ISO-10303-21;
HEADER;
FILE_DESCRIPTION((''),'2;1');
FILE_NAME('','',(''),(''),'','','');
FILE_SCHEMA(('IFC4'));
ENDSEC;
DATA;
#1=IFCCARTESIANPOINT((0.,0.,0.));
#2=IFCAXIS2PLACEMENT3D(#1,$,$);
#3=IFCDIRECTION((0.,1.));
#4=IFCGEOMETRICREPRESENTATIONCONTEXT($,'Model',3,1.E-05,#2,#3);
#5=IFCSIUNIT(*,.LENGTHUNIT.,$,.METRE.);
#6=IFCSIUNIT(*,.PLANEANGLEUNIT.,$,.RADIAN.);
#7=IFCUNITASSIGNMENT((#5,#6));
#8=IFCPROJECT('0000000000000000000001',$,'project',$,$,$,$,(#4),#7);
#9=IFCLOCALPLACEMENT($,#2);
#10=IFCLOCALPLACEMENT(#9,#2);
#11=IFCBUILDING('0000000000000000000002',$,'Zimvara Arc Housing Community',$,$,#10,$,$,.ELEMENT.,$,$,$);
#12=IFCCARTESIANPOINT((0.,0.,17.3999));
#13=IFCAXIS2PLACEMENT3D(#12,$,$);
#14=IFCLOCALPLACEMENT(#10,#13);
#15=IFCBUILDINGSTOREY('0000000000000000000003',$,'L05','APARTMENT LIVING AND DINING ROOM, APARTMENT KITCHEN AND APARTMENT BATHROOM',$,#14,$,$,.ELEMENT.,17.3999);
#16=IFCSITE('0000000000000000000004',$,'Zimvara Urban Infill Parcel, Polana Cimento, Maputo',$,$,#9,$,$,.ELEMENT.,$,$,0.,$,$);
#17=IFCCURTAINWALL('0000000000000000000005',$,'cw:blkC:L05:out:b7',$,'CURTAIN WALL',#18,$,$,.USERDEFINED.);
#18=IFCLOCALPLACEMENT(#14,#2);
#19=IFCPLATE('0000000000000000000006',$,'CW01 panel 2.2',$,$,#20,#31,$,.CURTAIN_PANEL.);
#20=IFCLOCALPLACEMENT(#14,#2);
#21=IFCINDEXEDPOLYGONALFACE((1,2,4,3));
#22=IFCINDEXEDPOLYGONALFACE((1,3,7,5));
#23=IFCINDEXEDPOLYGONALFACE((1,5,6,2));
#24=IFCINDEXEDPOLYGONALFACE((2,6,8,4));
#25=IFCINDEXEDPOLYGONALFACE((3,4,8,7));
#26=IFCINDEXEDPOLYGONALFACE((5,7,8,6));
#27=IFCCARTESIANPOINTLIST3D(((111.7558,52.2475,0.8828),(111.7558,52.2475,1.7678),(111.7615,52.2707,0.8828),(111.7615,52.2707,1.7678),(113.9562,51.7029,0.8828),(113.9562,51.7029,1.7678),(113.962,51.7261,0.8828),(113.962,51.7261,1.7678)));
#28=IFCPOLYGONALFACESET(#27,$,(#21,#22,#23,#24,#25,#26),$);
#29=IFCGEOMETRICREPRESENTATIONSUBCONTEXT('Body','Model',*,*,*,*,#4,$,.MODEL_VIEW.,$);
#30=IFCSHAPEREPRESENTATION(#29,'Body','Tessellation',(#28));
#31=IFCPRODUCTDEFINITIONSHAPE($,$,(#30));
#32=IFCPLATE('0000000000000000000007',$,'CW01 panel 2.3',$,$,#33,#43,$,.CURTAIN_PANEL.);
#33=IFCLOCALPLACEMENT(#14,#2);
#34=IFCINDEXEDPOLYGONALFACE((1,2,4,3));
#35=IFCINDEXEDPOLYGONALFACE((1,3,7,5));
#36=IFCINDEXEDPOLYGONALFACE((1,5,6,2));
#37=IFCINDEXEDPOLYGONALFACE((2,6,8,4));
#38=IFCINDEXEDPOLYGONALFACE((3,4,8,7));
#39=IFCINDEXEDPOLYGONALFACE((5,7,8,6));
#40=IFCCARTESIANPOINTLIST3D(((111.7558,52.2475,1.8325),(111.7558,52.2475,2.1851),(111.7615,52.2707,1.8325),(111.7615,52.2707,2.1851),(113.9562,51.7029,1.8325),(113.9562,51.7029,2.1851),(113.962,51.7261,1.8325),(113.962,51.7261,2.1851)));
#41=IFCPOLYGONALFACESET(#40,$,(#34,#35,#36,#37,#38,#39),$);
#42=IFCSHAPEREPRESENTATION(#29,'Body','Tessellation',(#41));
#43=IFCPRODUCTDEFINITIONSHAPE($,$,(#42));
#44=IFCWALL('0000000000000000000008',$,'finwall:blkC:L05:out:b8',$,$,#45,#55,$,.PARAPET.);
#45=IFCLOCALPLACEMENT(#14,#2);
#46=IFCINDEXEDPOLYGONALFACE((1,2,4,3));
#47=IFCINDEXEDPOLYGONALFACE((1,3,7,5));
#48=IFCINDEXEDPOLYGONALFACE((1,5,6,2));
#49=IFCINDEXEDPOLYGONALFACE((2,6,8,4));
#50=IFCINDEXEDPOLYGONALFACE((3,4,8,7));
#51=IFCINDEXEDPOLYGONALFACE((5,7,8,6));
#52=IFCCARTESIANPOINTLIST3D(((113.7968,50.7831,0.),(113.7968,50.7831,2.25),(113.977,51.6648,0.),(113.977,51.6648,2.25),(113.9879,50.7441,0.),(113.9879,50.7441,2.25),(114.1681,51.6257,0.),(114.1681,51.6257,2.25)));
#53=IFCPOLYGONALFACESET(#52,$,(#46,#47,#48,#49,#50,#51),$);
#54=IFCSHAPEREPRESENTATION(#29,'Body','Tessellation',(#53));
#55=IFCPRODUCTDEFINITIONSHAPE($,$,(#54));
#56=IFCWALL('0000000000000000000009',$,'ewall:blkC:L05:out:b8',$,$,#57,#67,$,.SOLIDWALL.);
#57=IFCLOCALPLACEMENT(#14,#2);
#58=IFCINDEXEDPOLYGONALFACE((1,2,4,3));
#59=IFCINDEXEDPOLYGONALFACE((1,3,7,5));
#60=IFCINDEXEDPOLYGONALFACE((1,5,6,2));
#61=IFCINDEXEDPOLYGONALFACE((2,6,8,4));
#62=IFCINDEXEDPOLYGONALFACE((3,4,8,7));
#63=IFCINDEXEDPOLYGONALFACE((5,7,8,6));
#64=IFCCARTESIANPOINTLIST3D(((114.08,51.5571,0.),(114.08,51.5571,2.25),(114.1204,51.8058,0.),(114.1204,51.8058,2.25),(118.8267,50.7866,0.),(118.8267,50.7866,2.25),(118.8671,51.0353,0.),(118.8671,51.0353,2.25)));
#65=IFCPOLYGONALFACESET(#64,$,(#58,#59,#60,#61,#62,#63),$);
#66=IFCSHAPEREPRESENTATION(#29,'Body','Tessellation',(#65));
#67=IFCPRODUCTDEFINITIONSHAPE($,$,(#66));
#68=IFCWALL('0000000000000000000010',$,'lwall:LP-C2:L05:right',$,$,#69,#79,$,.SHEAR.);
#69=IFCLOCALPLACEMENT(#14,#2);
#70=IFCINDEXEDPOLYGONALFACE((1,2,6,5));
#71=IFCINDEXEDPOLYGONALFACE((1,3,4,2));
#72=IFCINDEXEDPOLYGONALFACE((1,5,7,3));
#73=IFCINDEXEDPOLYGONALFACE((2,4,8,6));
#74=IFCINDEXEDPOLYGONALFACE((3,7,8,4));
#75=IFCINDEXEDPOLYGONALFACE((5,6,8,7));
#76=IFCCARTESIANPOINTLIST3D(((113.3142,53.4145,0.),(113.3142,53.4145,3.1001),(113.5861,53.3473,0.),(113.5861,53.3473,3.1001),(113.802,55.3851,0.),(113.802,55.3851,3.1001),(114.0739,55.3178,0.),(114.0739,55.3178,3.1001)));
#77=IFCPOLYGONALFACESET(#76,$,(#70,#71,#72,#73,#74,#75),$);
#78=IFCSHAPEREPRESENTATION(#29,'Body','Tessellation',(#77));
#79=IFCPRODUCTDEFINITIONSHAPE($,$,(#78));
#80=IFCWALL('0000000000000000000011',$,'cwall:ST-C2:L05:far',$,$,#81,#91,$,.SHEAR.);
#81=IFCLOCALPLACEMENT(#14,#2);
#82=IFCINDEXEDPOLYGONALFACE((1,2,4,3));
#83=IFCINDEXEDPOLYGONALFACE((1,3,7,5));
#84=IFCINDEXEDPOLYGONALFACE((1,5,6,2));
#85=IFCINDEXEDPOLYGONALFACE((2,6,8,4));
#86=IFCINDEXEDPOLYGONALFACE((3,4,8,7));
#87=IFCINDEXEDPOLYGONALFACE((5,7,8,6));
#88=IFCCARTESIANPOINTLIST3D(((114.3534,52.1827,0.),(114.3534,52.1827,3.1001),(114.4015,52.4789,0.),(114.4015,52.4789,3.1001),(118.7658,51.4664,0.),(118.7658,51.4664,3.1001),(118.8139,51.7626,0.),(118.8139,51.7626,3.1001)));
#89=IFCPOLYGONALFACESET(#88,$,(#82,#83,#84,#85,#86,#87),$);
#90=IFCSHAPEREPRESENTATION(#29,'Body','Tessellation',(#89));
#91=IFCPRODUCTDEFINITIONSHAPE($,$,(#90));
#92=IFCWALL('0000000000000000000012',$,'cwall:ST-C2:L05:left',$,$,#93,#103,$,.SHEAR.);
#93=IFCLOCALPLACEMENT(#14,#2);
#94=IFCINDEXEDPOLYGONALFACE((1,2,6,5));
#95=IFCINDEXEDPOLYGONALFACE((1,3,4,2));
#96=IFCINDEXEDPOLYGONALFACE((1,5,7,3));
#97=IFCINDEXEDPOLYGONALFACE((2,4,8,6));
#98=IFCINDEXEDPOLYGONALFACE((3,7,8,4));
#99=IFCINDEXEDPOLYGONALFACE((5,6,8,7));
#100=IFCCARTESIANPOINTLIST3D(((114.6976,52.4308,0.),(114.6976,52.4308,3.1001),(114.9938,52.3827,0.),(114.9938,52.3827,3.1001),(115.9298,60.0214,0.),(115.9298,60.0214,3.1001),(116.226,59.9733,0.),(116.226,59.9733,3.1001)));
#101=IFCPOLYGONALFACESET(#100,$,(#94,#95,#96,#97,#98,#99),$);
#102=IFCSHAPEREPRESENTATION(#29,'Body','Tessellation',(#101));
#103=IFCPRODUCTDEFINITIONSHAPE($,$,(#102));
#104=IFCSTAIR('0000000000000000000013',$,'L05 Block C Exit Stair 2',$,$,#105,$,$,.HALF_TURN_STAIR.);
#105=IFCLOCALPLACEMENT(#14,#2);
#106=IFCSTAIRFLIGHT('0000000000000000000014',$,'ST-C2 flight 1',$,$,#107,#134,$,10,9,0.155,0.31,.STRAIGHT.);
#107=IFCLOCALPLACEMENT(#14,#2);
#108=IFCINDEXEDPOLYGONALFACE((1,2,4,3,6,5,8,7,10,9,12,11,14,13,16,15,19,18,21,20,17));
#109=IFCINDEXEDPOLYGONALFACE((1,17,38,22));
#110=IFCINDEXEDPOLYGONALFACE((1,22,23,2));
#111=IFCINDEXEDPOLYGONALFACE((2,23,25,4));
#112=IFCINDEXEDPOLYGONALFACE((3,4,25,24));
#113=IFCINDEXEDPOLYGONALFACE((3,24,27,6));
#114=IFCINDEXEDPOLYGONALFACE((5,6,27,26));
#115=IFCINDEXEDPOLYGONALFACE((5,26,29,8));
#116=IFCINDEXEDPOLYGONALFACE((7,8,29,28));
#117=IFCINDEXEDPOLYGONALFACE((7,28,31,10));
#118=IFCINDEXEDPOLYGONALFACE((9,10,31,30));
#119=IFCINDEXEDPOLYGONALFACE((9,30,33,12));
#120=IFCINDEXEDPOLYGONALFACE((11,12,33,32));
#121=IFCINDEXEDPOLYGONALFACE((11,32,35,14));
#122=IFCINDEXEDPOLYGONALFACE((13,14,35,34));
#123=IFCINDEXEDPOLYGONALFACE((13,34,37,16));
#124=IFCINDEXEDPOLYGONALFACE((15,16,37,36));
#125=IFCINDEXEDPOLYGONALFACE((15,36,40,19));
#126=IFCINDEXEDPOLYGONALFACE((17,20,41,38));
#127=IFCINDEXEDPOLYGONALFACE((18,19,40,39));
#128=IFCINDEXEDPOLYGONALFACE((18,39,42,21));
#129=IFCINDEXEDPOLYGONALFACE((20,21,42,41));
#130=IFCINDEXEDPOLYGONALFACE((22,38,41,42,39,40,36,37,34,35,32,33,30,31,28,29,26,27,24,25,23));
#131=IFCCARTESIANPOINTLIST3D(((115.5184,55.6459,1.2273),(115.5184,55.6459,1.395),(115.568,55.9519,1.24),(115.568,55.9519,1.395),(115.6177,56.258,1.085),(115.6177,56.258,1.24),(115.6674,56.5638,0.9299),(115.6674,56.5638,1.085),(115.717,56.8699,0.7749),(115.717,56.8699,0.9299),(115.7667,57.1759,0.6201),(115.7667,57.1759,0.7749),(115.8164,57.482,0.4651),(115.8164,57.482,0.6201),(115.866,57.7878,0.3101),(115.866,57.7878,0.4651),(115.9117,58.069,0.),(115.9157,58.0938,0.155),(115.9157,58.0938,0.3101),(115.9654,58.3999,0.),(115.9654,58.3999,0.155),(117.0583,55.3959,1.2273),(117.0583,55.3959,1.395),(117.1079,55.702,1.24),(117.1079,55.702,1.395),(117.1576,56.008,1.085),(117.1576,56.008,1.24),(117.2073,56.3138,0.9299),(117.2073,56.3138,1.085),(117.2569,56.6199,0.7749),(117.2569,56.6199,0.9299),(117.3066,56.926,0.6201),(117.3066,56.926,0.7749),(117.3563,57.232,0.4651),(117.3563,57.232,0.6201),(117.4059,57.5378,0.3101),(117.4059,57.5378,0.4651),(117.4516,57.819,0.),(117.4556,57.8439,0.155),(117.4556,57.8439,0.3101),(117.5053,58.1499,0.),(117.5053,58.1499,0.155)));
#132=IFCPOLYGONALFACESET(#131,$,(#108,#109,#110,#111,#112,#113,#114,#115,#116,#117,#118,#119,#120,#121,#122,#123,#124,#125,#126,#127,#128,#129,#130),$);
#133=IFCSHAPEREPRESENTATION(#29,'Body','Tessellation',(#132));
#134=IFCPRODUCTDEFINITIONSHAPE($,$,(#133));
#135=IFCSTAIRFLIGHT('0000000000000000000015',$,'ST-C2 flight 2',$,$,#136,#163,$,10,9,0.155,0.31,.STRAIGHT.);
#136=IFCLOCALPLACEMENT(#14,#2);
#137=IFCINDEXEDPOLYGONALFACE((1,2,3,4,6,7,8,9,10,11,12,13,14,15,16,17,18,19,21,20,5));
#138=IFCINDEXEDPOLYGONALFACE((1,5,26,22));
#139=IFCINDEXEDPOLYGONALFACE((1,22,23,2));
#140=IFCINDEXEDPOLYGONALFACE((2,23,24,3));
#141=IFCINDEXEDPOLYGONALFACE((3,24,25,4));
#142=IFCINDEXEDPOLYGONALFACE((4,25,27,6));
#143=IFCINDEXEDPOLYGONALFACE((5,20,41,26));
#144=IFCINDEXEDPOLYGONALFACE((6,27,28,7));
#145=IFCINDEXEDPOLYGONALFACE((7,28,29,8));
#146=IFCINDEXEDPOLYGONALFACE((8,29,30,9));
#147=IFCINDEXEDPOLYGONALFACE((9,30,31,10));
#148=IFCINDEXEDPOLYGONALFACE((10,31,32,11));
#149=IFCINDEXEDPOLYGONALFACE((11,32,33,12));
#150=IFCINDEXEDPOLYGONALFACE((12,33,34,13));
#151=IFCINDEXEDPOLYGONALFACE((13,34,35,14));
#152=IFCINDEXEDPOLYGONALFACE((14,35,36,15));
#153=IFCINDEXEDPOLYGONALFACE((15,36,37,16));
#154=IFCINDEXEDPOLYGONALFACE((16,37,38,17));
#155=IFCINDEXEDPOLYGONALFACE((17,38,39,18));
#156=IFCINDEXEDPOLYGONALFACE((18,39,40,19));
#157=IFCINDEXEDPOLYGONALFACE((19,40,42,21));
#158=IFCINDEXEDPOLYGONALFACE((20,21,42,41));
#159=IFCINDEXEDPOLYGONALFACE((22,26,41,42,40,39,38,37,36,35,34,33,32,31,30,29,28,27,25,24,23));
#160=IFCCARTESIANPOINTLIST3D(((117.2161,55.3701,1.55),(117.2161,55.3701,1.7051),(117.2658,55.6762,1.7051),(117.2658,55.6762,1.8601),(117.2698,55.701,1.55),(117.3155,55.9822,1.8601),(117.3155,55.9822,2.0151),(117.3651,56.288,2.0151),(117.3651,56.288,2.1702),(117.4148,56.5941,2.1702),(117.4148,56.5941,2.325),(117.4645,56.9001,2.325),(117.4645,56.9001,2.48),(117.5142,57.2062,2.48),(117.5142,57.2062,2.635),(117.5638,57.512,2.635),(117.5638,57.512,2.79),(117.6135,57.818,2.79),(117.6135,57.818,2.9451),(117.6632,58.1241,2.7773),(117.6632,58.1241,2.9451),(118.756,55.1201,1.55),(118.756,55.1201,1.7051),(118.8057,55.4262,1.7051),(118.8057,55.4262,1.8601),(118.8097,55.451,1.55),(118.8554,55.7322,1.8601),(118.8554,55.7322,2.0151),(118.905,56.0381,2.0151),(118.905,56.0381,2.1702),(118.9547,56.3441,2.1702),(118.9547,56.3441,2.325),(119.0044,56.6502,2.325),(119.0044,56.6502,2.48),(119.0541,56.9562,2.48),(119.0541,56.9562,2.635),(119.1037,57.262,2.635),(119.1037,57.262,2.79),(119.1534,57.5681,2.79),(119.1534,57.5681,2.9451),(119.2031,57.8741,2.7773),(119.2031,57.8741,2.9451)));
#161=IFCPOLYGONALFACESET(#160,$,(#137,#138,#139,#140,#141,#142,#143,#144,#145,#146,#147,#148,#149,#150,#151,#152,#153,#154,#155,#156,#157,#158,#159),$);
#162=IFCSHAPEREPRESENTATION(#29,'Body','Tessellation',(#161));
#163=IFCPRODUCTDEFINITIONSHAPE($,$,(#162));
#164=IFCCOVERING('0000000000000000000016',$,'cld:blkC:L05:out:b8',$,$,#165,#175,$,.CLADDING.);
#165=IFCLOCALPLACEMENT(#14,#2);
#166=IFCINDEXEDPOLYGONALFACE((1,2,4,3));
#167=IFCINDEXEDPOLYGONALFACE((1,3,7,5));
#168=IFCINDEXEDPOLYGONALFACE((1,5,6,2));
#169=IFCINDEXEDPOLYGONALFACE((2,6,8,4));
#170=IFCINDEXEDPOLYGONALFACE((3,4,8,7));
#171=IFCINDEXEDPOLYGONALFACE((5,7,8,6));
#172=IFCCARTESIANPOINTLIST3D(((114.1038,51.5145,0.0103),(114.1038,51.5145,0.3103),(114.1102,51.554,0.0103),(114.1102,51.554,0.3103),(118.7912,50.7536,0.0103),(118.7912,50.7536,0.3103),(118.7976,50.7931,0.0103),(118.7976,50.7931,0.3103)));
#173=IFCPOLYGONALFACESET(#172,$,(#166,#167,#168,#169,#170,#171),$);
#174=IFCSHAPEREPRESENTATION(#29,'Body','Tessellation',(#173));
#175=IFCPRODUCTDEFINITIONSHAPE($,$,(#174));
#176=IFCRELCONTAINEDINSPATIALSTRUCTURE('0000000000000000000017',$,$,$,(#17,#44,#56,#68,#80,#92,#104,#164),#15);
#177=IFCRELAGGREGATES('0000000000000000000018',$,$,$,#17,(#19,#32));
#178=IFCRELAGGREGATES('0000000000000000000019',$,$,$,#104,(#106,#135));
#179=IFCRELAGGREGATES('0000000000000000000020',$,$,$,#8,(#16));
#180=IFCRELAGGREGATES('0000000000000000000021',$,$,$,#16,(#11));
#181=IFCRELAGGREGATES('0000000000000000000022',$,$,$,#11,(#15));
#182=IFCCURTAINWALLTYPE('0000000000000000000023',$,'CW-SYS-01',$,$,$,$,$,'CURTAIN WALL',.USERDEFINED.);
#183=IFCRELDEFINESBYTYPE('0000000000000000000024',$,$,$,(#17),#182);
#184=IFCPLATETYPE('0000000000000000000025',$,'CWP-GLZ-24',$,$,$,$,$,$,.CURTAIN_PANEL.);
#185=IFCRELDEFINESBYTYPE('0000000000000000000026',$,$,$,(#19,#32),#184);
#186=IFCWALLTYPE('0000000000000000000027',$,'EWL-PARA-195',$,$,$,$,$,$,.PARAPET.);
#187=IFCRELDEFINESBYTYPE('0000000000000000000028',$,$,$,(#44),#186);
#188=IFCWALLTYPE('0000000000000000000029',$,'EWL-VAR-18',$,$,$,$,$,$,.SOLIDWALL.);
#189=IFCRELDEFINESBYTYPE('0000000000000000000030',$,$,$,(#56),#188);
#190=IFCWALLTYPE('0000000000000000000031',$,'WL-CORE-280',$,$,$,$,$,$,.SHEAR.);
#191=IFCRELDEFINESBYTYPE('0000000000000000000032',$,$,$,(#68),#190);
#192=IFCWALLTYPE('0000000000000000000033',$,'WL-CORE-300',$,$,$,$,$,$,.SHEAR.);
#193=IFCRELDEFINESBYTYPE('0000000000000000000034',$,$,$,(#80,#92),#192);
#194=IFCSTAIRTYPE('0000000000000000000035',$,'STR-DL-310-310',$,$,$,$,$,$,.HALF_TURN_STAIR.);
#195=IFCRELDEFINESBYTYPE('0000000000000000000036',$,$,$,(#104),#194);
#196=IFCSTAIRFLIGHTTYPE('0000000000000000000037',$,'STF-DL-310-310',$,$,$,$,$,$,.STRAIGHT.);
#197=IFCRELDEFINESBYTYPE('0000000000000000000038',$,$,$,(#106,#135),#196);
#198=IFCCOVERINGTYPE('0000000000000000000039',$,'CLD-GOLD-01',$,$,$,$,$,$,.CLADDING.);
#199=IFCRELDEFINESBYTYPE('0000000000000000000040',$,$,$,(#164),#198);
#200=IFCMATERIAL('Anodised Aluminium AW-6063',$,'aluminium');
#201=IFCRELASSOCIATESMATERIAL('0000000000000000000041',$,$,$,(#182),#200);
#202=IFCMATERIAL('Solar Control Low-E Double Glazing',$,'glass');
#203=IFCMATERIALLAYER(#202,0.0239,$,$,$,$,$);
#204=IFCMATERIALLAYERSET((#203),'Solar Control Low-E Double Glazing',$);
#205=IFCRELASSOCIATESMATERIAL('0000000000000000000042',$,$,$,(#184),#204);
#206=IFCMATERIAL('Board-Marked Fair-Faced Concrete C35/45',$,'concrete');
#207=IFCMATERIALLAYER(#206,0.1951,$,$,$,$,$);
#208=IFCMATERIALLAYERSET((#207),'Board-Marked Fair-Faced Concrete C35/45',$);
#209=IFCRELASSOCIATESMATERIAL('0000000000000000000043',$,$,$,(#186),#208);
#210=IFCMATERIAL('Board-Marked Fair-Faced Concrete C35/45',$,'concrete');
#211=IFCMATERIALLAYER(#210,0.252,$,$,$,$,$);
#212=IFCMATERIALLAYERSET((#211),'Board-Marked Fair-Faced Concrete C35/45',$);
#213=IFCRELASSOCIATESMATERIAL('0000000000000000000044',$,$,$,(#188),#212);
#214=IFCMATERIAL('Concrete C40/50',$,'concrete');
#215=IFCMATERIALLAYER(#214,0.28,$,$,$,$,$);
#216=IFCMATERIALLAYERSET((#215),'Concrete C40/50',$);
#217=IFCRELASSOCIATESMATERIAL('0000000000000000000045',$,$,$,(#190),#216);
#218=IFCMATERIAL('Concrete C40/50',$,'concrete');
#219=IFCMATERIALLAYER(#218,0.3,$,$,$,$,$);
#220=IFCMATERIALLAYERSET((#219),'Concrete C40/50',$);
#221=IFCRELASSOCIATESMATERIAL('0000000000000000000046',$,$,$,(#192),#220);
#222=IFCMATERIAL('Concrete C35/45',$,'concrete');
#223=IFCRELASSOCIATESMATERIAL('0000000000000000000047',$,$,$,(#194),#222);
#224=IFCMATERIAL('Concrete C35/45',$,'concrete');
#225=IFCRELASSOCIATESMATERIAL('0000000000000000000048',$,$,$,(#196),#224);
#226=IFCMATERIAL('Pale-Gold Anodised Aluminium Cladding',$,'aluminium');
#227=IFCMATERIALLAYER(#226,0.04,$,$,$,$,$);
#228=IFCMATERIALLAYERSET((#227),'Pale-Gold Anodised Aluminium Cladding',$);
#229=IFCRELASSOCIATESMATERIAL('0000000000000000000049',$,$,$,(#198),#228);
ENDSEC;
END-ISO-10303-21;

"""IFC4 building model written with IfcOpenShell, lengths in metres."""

from ifc_helpers import new_model, si_unit, direction, frame, frame_2d, origin, origin_2d, place, context, subcontext, project, spatial, polyline, rectangle, outline, extrude, material, layer, layer_set, type_object, element, aggregate, save


model = new_model("IFC4")

# Units and contexts
model_context = context("Model", 3, precision=1e-05, world=origin(), true_north=direction((0.0, 1.0)))
body_context = subcontext(model_context, "Body", "Model", "MODEL_VIEW")
ifc_project = project(units=[si_unit("LENGTHUNIT", "METRE"), si_unit("PLANEANGLEUNIT", "RADIAN")], contexts=[model_context])

# Site, building, storey
site_placement = place(None, origin())
site = spatial("IfcSite", under=ifc_project, at=site_placement, Name="Zimvara Urban Infill Parcel, Polana Cimento, Maputo", CompositionType="ELEMENT", RefElevation=0.0)
building_placement = place(site_placement, origin())
building = spatial("IfcBuilding", under=site, at=building_placement, Name="Zimvara Arc Housing Community", CompositionType="ELEMENT")
storey_placement = place(building_placement, frame((0.0, 0.0, 17.3999)))
storey = spatial("IfcBuildingStorey", under=building, at=storey_placement, Name="L05", Description="APARTMENT LIVING AND DINING ROOM, APARTMENT KITCHEN AND APARTMENT BATHROOM", CompositionType="ELEMENT", Elevation=17.3999)

# Curtain wall
ifc_material_1 = material(Name="Anodised Aluminium AW-6063", Category="aluminium")
curtain_wall_type_1 = type_object("IfcCurtainWallType", Name="CW-SYS-01", ElementType="CURTAIN WALL", PredefinedType="USERDEFINED", material=ifc_material_1)
curtain_wall_1_placement = place(storey_placement, origin())
curtain_wall_1 = element("IfcCurtainWall", 1, at=curtain_wall_1_placement, inside=storey, type_object=curtain_wall_type_1, Name="cw:blkC:L05:out:b7", ObjectType="CURTAIN WALL", PredefinedType="USERDEFINED")

# Plates
ifc_material_2 = material(Name="Solar Control Low-E Double Glazing", Category="glass")
ifc_layer_1 = layer(ifc_material_2, 0.0239)
ifc_layer_set_1 = layer_set([ifc_layer_1], Name="Solar Control Low-E Double Glazing")
plate_type = type_object("IfcPlateType", Name="CWP-GLZ-24", PredefinedType="CURTAIN_PANEL", material=ifc_layer_set_1)
plate_1_placement = place(storey_placement, frame((112.8589, 51.9868, 0.8828), z_axis=(0.0, 0.0, 1.0), x_axis=(0.970716, -0.24023, 0.0)))
plate_1 = element("IfcPlate", 2, at=plate_1_placement, type_object=plate_type, Name="CW01 panel 2.2", PredefinedType="CURTAIN_PANEL", context=body_context, shape_type="SweptSolid", body=[
    extrude(rectangle(XDim=2.2668, YDim=0.0239, at=origin_2d()), origin(), (0.0, 0.0, 1.0), 0.885),
])
plate_2_placement = place(storey_placement, frame((112.8589, 51.9868, 1.8325), z_axis=(0.0, 0.0, 1.0), x_axis=(0.970716, -0.24023, 0.0)))
plate_2 = element("IfcPlate", 3, at=plate_2_placement, type_object=plate_type, Name="CW01 panel 2.3", PredefinedType="CURTAIN_PANEL", context=body_context, shape_type="SweptSolid", body=[
    extrude(rectangle(XDim=2.2668, YDim=0.0239, at=origin_2d()), origin(), (0.0, 0.0, 1.0), 0.3525),
])
aggregate(curtain_wall_1, [plate_1, plate_2])

# Walls
ifc_material_3 = material(Name="Board-Marked Fair-Faced Concrete C35/45", Category="concrete")
ifc_layer_2 = layer(ifc_material_3, 0.1951)
ifc_layer_set_2 = layer_set([ifc_layer_2], Name="Board-Marked Fair-Faced Concrete C35/45")
wall_type_1 = type_object("IfcWallType", Name="EWL-PARA-195", PredefinedType="PARAPET", material=ifc_layer_set_2)
wall_1_placement = place(storey_placement, frame((114.0725, 51.6453, 0.0), z_axis=(0.0, 0.0, 1.0), x_axis=(-0.200236, -0.979748, 0.0)))
element("IfcWall", 4, at=wall_1_placement, inside=storey, type_object=wall_type_1, Name="finwall:blkC:L05:out:b8", PredefinedType="PARAPET", context=body_context, shape_type="SweptSolid", body=[
    extrude(rectangle(XDim=0.8999, YDim=0.1951, at=frame_2d((0.45, 0.0))), origin(), (0.0, 0.0, 1.0), 2.25),
])
ifc_material_4 = material(Name="Board-Marked Fair-Faced Concrete C35/45", Category="concrete")
ifc_layer_3 = layer(ifc_material_4, 0.252)
ifc_layer_set_3 = layer_set([ifc_layer_3], Name="Board-Marked Fair-Faced Concrete C35/45")
wall_type_2 = type_object("IfcWallType", Name="EWL-VAR-18", PredefinedType="SOLIDWALL", material=ifc_layer_set_3)
wall_2_placement = place(storey_placement, frame((114.1003, 51.6814, 0.0), z_axis=(0.0, 0.0, 1.0), x_axis=(0.987081, -0.160224, 0.0)))
element("IfcWall", 5, at=wall_2_placement, inside=storey, type_object=wall_type_2, Name="ewall:blkC:L05:out:b8", PredefinedType="SOLIDWALL", context=body_context, shape_type="SweptSolid", body=[
    extrude(rectangle(XDim=4.8088, YDim=0.252, at=frame_2d((2.4043, 0.0))), origin(), (0.0, 0.0, 1.0), 2.25),
])
ifc_material_5 = material(Name="Concrete C40/50", Category="concrete")
ifc_layer_4 = layer(ifc_material_5, 0.28)
ifc_layer_set_4 = layer_set([ifc_layer_4], Name="Concrete C40/50")
wall_type_3 = type_object("IfcWallType", Name="WL-CORE-280", PredefinedType="SHEAR", material=ifc_layer_set_4)
wall_3_placement = place(storey_placement, frame((113.938, 55.3516, 0.0), z_axis=(0.0, 0.0, 1.0), x_axis=(-0.240299, -0.970699, 0.0)))
element("IfcWall", 6, at=wall_3_placement, inside=storey, type_object=wall_type_3, Name="lwall:LP-C2:L05:right", PredefinedType="SHEAR", context=body_context, shape_type="SweptSolid", body=[
    extrude(rectangle(XDim=2.03, YDim=0.28, at=frame_2d((1.0151, 0.0))), origin(), (0.0, 0.0, 1.0), 3.1001),
])
ifc_material_6 = material(Name="Concrete C40/50", Category="concrete")
ifc_layer_5 = layer(ifc_material_6, 0.3)
ifc_layer_set_5 = layer_set([ifc_layer_5], Name="Concrete C40/50")
wall_type_4 = type_object("IfcWallType", Name="WL-CORE-300", PredefinedType="SHEAR", material=ifc_layer_set_5)
wall_4_placement = place(storey_placement, frame((114.3774, 52.3308, 0.0), z_axis=(0.0, 0.0, 1.0), x_axis=(0.987077, -0.160244, 0.0)))
element("IfcWall", 7, at=wall_4_placement, inside=storey, type_object=wall_type_4, Name="cwall:ST-C2:L05:far", PredefinedType="SHEAR", context=body_context, shape_type="SweptSolid", body=[
    extrude(rectangle(XDim=4.4702, YDim=0.3, at=frame_2d((2.2351, 0.0))), origin(), (0.0, 0.0, 1.0), 3.1001),
])
wall_5_placement = place(storey_placement, frame((116.0779, 59.9973, 0.0), z_axis=(0.0, 0.0, 1.0), x_axis=(-0.160233, -0.987079, 0.0)))
element("IfcWall", 8, at=wall_5_placement, inside=storey, type_object=wall_type_4, Name="cwall:ST-C2:L05:left", PredefinedType="SHEAR", context=body_context, shape_type="SweptSolid", body=[
    extrude(rectangle(XDim=7.6899, YDim=0.3, at=frame_2d((3.845, 0.0))), origin(), (0.0, 0.0, 1.0), 3.1001),
])

# Stair, stair flights
ifc_material_7 = material(Name="Concrete C35/45", Category="concrete")
stair_type = type_object("IfcStairType", Name="STR-DL-310-310", PredefinedType="HALF_TURN_STAIR", material=ifc_material_7)
stair_placement = place(storey_placement, origin())
stair = element("IfcStair", 9, at=stair_placement, inside=storey, type_object=stair_type, Name="L05 Block C Exit Stair 2", PredefinedType="HALF_TURN_STAIR")
ifc_material_8 = material(Name="Concrete C35/45", Category="concrete")
stair_flight_type = type_object("IfcStairFlightType", Name="STF-DL-310-310", PredefinedType="STRAIGHT", material=ifc_material_8)
stair_flight_1_placement = place(storey_placement, frame((116.7354, 58.2749, 0.0), z_axis=(0.0, 0.0, 1.0), x_axis=(-0.160226, -0.98708, 0.0)))
stair_flight_1 = element("IfcStairFlight", 10, at=stair_flight_1_placement, type_object=stair_flight_type, Name="ST-C2 flight 1", NumberOfRisers=10, NumberOfTreads=9, PredefinedType="STRAIGHT", RiserHeight=0.155, TreadLength=0.31, context=body_context, shape_type="SweptSolid", body=[
    extrude(outline(polyline([(0.0, 0.0), (0.0, 0.155), (0.3101, 0.155), (0.3101, 0.3101), (0.6201, 0.3101), (0.6201, 0.4651), (0.9299, 0.4651), (0.9299, 0.6201), (1.24, 0.6201), (1.24, 0.7749), (1.55, 0.7749), (1.55, 0.9299), (1.8601, 0.9299), (1.8601, 1.085), (2.1699, 1.085), (2.1699, 1.24), (2.48, 1.24), (2.48, 1.395), (2.79, 1.395), (2.79, 1.55), (2.79, 1.2273), (0.3352, 0.0), (0.0, 0.0)])), frame((0.0, 0.78, 0.0), z_axis=(0.0, -1.0, 0.0), x_axis=(1.0, 0.0, 0.0)), (0.0, 0.0, 1.0), 1.5601),
])
stair_flight_2_placement = place(storey_placement, frame((117.9861, 55.2451, 1.55), z_axis=(0.0, 0.0, 1.0), x_axis=(0.160226, 0.98708, 0.0)))
stair_flight_2 = element("IfcStairFlight", 11, at=stair_flight_2_placement, type_object=stair_flight_type, Name="ST-C2 flight 2", NumberOfRisers=10, NumberOfTreads=9, PredefinedType="STRAIGHT", RiserHeight=0.155, TreadLength=0.31, context=body_context, shape_type="SweptSolid", body=[
    extrude(outline(polyline([(0.0, 0.0), (0.0, 0.155), (0.3101, 0.155), (0.3101, 0.3101), (0.6201, 0.3101), (0.6201, 0.4651), (0.9299, 0.4651), (0.9299, 0.6201), (1.24, 0.6201), (1.24, 0.7749), (1.55, 0.7749), (1.55, 0.9299), (1.8601, 0.9299), (1.8601, 1.085), (2.1699, 1.085), (2.1699, 1.24), (2.48, 1.24), (2.48, 1.395), (2.79, 1.395), (2.79, 1.55), (2.79, 1.2273), (0.3352, 0.0), (0.0, 0.0)])), frame((0.0, 0.78, 0.0), z_axis=(0.0, -1.0, 0.0), x_axis=(1.0, 0.0, 0.0)), (0.0, 0.0, 1.0), 1.5601),
])
aggregate(stair, [stair_flight_1, stair_flight_2])

# Covering
ifc_material_9 = material(Name="Pale-Gold Anodised Aluminium Cladding", Category="aluminium")
ifc_layer_6 = layer(ifc_material_9, 0.04)
ifc_layer_set_6 = layer_set([ifc_layer_6], Name="Pale-Gold Anodised Aluminium Cladding")
covering_type = type_object("IfcCoveringType", Name="CLD-GOLD-01", PredefinedType="CLADDING", material=ifc_layer_set_6)
covering_placement = place(storey_placement, frame((116.4507, 51.1538, 0.0103), z_axis=(0.0, 0.0, 1.0), x_axis=(0.98708, -0.160226, 0.0)))
element("IfcCovering", 12, at=covering_placement, inside=storey, type_object=covering_type, Name="cld:blkC:L05:out:b8", PredefinedType="CLADDING", context=body_context, shape_type="SweptSolid", body=[
    extrude(rectangle(XDim=4.7488, YDim=0.04, at=origin_2d()), origin(), (0.0, 0.0, 1.0), 0.3),
])

save(model, "model.ifc")
